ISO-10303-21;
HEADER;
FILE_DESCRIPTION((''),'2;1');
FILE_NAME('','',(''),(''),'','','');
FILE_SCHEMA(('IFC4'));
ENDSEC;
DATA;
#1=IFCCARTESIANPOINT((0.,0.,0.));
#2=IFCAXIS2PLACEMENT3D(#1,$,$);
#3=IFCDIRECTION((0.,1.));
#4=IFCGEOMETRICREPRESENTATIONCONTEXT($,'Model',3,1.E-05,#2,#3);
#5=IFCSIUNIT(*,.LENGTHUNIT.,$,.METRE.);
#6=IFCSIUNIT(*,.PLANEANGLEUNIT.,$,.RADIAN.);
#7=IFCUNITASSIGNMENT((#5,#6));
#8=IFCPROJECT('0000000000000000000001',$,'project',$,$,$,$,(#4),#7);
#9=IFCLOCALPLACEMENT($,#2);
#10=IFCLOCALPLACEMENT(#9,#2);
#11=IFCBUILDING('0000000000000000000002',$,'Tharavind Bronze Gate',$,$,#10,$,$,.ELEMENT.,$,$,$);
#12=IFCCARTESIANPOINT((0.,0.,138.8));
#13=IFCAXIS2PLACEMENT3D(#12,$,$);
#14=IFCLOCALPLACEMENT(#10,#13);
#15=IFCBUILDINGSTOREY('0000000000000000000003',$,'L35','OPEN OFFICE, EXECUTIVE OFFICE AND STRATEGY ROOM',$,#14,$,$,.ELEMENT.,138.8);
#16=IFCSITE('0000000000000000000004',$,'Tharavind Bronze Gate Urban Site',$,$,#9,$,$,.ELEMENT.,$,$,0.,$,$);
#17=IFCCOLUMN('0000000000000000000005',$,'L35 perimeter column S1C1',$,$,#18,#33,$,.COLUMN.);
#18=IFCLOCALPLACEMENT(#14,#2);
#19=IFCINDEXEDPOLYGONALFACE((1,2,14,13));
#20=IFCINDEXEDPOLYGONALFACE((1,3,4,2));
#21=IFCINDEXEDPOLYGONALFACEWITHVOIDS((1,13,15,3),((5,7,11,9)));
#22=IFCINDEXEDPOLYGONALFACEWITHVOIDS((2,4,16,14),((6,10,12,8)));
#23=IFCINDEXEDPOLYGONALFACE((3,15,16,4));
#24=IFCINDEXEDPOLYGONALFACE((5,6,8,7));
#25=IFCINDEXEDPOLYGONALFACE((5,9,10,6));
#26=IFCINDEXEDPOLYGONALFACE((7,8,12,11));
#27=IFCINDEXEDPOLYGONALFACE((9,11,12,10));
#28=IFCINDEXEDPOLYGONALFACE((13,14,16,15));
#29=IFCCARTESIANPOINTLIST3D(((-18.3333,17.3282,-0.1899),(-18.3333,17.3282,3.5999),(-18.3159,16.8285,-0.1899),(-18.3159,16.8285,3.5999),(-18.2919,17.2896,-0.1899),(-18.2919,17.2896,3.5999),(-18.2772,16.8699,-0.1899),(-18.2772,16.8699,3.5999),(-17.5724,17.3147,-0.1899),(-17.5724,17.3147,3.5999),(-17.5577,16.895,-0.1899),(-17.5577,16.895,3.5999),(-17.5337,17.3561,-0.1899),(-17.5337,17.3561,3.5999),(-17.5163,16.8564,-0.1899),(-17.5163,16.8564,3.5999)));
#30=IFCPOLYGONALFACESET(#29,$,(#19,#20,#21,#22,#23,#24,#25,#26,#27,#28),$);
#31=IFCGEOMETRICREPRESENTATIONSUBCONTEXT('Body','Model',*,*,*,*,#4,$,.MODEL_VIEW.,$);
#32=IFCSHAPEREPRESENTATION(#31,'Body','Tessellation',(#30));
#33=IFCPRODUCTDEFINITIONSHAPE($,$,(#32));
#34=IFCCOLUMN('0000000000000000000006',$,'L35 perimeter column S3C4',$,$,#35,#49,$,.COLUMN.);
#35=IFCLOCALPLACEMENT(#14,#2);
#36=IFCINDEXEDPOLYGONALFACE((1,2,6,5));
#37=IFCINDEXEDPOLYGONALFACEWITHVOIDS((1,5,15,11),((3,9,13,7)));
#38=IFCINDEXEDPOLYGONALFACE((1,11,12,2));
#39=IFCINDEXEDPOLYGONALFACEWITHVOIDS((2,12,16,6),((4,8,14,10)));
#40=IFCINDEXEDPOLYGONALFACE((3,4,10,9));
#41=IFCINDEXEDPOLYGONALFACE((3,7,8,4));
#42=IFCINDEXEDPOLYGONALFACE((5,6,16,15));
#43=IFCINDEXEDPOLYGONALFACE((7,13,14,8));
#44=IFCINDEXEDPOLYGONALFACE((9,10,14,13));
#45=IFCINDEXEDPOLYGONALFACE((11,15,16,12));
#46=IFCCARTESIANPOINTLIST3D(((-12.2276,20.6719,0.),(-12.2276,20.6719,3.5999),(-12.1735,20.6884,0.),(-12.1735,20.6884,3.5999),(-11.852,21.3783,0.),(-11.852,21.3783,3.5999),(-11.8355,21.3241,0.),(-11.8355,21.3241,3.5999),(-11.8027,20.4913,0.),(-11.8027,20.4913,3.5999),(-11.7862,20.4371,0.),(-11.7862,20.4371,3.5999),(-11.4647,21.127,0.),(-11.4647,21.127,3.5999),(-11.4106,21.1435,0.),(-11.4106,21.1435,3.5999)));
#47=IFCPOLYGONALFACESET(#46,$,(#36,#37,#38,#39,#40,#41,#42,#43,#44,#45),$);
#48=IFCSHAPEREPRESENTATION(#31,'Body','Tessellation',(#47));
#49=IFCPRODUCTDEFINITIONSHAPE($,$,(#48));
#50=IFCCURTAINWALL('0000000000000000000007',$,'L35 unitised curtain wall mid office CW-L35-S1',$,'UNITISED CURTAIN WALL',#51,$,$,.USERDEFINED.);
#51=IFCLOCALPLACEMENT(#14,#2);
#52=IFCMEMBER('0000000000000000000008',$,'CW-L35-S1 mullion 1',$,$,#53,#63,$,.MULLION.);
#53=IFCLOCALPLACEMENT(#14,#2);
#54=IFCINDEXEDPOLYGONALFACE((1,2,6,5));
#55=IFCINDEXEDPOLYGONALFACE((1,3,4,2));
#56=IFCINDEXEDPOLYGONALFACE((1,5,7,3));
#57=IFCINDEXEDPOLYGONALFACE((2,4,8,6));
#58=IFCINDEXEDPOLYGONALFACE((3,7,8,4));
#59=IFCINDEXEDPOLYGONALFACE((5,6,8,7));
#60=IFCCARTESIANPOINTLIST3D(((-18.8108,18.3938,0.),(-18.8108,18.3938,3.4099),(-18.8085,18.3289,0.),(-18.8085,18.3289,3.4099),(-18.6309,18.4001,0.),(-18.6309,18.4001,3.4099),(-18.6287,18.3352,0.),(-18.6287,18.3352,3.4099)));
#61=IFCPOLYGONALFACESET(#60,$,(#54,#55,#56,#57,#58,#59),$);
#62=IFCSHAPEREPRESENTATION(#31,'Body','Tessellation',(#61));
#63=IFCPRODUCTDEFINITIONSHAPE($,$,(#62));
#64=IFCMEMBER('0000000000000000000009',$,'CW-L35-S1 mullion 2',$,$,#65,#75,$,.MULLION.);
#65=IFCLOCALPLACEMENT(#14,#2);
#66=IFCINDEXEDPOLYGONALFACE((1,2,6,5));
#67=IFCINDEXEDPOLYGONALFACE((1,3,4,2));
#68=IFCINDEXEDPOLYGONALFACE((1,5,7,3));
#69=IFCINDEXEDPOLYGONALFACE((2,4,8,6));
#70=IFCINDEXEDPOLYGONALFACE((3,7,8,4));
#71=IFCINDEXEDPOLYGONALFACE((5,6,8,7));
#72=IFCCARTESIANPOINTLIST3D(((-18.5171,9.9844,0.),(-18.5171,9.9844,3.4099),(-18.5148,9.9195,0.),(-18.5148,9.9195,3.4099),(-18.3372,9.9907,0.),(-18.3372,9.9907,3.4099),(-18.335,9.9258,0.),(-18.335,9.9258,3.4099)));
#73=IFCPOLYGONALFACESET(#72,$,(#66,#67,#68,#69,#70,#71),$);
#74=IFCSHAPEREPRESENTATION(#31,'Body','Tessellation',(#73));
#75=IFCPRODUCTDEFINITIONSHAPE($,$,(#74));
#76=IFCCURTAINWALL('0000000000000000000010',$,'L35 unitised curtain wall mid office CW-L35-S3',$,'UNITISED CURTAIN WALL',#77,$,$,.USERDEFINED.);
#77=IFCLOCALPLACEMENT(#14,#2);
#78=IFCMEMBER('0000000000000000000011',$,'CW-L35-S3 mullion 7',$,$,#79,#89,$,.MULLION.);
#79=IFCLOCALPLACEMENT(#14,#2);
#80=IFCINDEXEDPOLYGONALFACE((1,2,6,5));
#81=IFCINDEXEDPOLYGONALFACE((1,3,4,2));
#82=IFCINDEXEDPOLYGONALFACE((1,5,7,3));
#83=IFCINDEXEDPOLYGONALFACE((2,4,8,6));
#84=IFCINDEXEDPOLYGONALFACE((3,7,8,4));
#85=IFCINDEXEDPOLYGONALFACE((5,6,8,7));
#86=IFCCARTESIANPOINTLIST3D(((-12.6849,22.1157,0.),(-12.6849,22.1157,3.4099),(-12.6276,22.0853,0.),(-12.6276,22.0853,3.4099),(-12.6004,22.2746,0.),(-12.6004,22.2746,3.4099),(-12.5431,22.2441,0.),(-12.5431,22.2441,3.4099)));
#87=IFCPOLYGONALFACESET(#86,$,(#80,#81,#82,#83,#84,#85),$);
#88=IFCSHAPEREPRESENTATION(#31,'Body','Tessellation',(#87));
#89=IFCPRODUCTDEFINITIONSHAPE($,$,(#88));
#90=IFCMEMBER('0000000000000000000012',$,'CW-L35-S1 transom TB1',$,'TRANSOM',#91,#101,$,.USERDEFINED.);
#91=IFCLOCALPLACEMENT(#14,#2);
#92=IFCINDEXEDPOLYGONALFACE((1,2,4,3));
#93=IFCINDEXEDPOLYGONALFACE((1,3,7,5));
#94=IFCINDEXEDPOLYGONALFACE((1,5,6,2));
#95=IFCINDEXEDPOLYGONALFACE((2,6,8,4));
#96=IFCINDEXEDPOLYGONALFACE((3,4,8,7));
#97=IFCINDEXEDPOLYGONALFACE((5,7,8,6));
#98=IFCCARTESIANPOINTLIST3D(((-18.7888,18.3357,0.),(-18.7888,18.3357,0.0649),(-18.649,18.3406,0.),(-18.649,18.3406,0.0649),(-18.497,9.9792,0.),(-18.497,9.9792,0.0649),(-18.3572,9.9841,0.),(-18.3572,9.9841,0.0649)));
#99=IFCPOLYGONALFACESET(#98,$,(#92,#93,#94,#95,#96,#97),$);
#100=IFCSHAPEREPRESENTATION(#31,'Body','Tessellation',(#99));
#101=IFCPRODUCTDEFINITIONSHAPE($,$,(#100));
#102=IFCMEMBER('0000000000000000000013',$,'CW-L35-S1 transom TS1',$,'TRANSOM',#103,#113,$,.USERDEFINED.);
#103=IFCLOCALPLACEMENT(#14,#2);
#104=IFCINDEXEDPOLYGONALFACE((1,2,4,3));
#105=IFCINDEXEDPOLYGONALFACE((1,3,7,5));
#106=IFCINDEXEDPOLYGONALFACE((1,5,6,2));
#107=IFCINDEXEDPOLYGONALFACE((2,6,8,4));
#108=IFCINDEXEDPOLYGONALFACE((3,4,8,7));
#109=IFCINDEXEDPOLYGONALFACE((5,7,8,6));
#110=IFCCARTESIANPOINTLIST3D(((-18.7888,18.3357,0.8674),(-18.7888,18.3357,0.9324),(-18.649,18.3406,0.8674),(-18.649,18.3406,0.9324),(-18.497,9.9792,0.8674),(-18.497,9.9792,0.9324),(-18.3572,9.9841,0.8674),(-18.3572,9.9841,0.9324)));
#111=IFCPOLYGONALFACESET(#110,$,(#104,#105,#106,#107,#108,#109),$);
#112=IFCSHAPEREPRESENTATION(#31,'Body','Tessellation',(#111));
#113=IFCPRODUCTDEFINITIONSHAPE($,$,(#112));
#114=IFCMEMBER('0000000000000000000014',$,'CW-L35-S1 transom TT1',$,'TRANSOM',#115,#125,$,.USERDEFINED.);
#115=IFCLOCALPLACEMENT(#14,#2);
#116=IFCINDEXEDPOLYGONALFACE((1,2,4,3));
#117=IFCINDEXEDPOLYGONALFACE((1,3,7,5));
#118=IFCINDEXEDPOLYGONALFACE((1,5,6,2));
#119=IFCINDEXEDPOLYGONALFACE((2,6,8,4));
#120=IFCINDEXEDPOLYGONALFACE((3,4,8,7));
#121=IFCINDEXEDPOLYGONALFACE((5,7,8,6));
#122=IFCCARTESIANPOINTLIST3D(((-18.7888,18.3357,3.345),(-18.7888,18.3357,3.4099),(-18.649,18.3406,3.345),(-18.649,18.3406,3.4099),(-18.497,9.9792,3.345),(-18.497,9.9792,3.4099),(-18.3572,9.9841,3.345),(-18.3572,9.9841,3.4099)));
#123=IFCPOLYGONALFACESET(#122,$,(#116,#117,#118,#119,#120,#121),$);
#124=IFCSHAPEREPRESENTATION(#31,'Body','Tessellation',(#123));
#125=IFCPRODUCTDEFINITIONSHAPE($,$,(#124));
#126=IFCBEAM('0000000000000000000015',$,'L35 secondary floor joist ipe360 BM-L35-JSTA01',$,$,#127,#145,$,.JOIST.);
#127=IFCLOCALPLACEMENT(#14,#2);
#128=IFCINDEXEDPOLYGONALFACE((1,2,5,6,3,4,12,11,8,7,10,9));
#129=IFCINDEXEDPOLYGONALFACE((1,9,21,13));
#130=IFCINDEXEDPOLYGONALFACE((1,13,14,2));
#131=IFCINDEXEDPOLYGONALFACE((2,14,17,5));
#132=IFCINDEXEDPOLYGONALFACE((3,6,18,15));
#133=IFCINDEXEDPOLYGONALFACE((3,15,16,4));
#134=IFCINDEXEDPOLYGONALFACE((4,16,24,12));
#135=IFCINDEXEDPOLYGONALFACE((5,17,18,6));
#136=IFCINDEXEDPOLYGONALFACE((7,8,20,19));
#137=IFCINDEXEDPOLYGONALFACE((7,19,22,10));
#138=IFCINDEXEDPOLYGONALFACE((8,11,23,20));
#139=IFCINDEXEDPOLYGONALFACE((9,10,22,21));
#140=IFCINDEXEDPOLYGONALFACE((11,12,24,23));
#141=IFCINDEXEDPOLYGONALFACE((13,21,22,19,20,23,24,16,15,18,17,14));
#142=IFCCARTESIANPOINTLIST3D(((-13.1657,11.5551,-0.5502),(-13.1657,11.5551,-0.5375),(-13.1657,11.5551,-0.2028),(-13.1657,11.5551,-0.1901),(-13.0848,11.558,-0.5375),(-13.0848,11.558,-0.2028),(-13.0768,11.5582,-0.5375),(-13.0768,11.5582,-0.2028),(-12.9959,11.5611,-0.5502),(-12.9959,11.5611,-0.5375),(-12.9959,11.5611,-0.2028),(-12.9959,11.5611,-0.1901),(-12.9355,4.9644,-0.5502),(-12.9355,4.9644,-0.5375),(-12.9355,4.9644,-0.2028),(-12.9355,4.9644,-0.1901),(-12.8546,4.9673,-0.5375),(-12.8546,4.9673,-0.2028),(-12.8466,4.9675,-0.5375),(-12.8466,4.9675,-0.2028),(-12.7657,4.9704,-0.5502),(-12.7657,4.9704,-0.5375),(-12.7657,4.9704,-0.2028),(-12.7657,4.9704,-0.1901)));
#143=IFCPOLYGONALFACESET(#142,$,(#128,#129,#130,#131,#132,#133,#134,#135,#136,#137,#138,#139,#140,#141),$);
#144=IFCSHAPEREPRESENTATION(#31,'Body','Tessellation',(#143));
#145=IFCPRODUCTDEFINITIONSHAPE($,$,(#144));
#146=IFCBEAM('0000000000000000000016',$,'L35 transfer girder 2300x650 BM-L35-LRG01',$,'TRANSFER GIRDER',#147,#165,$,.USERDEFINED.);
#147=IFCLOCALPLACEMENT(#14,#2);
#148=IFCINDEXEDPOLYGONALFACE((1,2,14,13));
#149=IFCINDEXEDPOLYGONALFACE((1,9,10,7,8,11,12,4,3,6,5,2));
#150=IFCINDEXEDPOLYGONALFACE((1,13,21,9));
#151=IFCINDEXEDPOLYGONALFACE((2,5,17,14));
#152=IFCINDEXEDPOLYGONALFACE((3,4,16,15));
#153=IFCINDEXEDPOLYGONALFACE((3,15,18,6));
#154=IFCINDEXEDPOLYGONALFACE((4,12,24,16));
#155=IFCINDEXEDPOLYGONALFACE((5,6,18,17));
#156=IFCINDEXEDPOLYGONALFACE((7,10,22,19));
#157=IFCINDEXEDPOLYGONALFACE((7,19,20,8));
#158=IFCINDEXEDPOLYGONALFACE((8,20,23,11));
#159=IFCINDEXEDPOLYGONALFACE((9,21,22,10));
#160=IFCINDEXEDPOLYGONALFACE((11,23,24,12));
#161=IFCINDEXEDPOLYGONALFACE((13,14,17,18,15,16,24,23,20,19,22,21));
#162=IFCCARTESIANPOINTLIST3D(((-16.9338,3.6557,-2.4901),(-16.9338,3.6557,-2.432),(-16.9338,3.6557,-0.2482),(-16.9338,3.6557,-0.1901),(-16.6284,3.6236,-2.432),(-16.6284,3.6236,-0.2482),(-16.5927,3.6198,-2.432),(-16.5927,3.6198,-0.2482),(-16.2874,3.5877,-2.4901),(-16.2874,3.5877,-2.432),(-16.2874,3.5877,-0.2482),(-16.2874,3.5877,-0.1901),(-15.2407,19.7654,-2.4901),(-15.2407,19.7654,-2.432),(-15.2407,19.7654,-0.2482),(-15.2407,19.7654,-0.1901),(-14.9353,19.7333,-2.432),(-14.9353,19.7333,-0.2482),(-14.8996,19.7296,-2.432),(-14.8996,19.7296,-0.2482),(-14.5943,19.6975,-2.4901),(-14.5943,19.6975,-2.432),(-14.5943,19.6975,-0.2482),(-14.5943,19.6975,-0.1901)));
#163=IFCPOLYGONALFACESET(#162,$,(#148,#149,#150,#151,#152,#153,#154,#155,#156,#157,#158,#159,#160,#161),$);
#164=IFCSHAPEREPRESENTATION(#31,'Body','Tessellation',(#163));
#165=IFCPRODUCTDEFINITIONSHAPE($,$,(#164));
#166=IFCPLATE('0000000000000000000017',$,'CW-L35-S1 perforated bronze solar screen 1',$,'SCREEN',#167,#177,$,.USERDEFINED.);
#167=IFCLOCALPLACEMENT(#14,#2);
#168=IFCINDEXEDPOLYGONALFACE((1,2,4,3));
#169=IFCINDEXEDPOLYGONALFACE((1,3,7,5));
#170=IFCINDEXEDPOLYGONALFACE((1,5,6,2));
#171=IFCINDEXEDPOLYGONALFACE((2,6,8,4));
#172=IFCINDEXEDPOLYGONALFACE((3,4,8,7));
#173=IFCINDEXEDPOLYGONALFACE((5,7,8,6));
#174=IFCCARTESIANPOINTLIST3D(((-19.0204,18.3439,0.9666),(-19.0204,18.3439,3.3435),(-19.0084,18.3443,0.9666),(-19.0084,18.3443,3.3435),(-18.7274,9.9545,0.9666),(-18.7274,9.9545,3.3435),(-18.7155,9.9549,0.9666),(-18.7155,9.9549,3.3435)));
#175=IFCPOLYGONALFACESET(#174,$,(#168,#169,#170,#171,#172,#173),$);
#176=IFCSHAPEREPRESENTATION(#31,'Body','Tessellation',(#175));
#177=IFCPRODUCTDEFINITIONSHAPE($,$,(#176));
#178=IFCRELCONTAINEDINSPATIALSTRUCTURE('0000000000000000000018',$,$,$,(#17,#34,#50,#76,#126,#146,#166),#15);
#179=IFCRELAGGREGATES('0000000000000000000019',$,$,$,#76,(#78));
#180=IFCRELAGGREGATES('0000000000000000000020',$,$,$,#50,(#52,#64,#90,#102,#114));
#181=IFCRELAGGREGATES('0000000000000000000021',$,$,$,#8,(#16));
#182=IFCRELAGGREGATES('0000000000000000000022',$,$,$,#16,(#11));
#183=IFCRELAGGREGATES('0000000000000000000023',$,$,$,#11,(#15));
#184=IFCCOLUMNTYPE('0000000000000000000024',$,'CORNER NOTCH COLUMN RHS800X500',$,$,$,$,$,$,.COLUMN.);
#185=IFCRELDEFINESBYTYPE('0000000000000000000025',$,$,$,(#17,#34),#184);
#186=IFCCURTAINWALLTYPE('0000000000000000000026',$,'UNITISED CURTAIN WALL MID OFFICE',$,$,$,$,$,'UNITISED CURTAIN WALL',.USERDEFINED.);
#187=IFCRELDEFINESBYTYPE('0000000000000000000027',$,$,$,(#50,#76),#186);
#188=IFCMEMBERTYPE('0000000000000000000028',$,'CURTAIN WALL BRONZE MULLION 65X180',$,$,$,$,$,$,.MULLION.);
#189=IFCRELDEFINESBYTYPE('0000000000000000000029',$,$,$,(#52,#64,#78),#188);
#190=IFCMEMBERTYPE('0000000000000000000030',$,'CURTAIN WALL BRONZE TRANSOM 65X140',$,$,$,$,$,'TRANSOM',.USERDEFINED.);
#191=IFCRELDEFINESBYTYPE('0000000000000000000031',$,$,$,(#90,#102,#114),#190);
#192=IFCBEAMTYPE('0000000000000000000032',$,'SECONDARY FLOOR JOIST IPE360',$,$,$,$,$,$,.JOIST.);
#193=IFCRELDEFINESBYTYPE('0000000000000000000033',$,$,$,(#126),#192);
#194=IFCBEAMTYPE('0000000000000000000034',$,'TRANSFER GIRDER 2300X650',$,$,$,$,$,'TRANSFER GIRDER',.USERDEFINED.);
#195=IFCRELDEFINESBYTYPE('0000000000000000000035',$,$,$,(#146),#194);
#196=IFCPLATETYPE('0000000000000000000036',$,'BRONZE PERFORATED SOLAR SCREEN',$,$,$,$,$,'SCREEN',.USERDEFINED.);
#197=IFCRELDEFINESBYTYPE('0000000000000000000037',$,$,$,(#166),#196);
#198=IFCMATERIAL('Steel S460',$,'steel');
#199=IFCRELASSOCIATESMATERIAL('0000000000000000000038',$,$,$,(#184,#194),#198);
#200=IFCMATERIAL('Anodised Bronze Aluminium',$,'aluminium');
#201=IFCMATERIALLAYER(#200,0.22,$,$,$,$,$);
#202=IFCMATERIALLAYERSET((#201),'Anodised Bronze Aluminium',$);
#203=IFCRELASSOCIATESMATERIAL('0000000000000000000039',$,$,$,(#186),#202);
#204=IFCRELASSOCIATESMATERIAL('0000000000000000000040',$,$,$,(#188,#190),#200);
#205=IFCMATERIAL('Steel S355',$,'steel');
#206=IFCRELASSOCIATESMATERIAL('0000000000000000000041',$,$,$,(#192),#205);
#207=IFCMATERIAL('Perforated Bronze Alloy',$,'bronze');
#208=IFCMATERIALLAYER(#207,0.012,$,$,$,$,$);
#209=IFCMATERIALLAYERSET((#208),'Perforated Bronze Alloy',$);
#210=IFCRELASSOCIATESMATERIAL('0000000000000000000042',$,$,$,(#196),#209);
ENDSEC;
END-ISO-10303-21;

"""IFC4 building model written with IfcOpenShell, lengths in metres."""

from ifc_helpers import new_model, si_unit, direction, frame, origin, origin_2d, place, context, subcontext, project, spatial, rectangle, hollow_rectangle, i_section, extrude, material, layer, layer_set, material_profile, profile_set, type_object, element, aggregate, save


model = new_model("IFC4")

# Units and contexts
model_context = context("Model", 3, precision=1e-05, world=origin(), true_north=direction((0.0, 1.0)))
body_context = subcontext(model_context, "Body", "Model", "MODEL_VIEW")
ifc_project = project(units=[si_unit("LENGTHUNIT", "METRE"), si_unit("PLANEANGLEUNIT", "RADIAN")], contexts=[model_context])

# Site, building, storey
site_placement = place(None, origin())
site = spatial("IfcSite", under=ifc_project, at=site_placement, Name="Tharavind Bronze Gate Urban Site", CompositionType="ELEMENT", RefElevation=0.0)
building_placement = place(site_placement, origin())
building = spatial("IfcBuilding", under=site, at=building_placement, Name="Tharavind Bronze Gate", CompositionType="ELEMENT")
storey_placement = place(building_placement, frame((0.0, 0.0, 138.8)))
storey = spatial("IfcBuildingStorey", under=building, at=storey_placement, Name="L35", Description="OPEN OFFICE, EXECUTIVE OFFICE AND STRATEGY ROOM", CompositionType="ELEMENT", Elevation=138.8)

# Columns
ifc_material_1 = material(Name="Steel S460", Category="steel")
ifc_material_profile_1 = material_profile(ifc_material_1, hollow_rectangle(XDim=0.5, YDim=0.8, WallThickness=0.04, at=origin_2d()), Name="RHS800X500X40")
ifc_profile_set_1 = profile_set([ifc_material_profile_1], Name="Steel S460")
column_type = type_object("IfcColumnType", Name="CORNER NOTCH COLUMN RHS800X500", PredefinedType="COLUMN", material=ifc_profile_set_1)
column_1_placement = place(storey_placement, frame((-17.9248, 17.0923, -0.1899), z_axis=(0.0, 0.0, 1.0), x_axis=(-0.034899, 0.999391, 0.0)))
element("IfcColumn", 1, at=column_1_placement, inside=storey, type_object=column_type, Name="L35 perimeter column S1C1", PredefinedType="COLUMN", context=body_context, shape_type="SweptSolid", body=[
    extrude(hollow_rectangle(XDim=0.5, YDim=0.8, WallThickness=0.04, at=origin_2d()), origin(), (0.0, 0.0, 1.0), 3.7898),
])
column_2_placement = place(storey_placement, frame((-11.8191, 20.9077, 0.0), z_axis=(0.0, 0.0, 1.0), x_axis=(-0.882948, 0.46947, 0.0)))
element("IfcColumn", 2, at=column_2_placement, inside=storey, type_object=column_type, Name="L35 perimeter column S3C4", PredefinedType="COLUMN", context=body_context, shape_type="SweptSolid", body=[
    extrude(hollow_rectangle(XDim=0.5, YDim=0.8, WallThickness=0.04, at=origin_2d()), origin(), (0.0, 0.0, 1.0), 3.5999),
])

# Curtain wall, members
ifc_material_2 = material(Name="Anodised Bronze Aluminium", Category="aluminium")
ifc_layer_1 = layer(ifc_material_2, 0.22)
ifc_layer_set_1 = layer_set([ifc_layer_1], Name="Anodised Bronze Aluminium")
curtain_wall_type = type_object("IfcCurtainWallType", Name="UNITISED CURTAIN WALL MID OFFICE", ElementType="UNITISED CURTAIN WALL", PredefinedType="USERDEFINED", material=ifc_layer_set_1)
curtain_wall_1_placement = place(storey_placement, origin())
curtain_wall_1 = element("IfcCurtainWall", 3, at=curtain_wall_1_placement, inside=storey, type_object=curtain_wall_type, Name="L35 unitised curtain wall mid office CW-L35-S1", ObjectType="UNITISED CURTAIN WALL", PredefinedType="USERDEFINED")
member_type_1 = type_object("IfcMemberType", Name="CURTAIN WALL BRONZE MULLION 65X180", PredefinedType="MULLION", material=ifc_material_2)
member_1_placement = place(storey_placement, frame((-18.7197, 18.3645, 0.0), z_axis=(0.0, 0.0, 1.0), x_axis=(0.034899, -0.999391, 0.0)))
member_1 = element("IfcMember", 4, at=member_1_placement, type_object=member_type_1, Name="CW-L35-S1 mullion 1", PredefinedType="MULLION", context=body_context, shape_type="SweptSolid", body=[
    extrude(rectangle(XDim=0.0649, YDim=0.1799, at=origin_2d()), origin(), (0.0, 0.0, 1.0), 3.4099),
])
member_2_placement = place(storey_placement, frame((-18.426, 9.9551, 0.0), z_axis=(0.0, 0.0, 1.0), x_axis=(0.034899, -0.999391, 0.0)))
member_2 = element("IfcMember", 5, at=member_2_placement, type_object=member_type_1, Name="CW-L35-S1 mullion 2", PredefinedType="MULLION", context=body_context, shape_type="SweptSolid", body=[
    extrude(rectangle(XDim=0.0649, YDim=0.1799, at=origin_2d()), origin(), (0.0, 0.0, 1.0), 3.4099),
])

# Curtain wall, member
curtain_wall_2_placement = place(storey_placement, origin())
curtain_wall_2 = element("IfcCurtainWall", 6, at=curtain_wall_2_placement, inside=storey, type_object=curtain_wall_type, Name="L35 unitised curtain wall mid office CW-L35-S3", ObjectType="UNITISED CURTAIN WALL", PredefinedType="USERDEFINED")
member_3_placement = place(storey_placement, frame((-12.614, 22.1799, 0.0), z_axis=(0.0, 0.0, 1.0), x_axis=(-0.882948, 0.469472, 0.0)))
member_3 = element("IfcMember", 7, at=member_3_placement, type_object=member_type_1, Name="CW-L35-S3 mullion 7", PredefinedType="MULLION", context=body_context, shape_type="SweptSolid", body=[
    extrude(rectangle(XDim=0.0649, YDim=0.1799, at=origin_2d()), origin(), (0.0, 0.0, 1.0), 3.4099),
])
aggregate(curtain_wall_2, [member_3])

# Members
member_type_2 = type_object("IfcMemberType", Name="CURTAIN WALL BRONZE TRANSOM 65X140", ElementType="TRANSOM", PredefinedType="USERDEFINED", material=ifc_material_2)
member_4_placement = place(storey_placement, frame((-18.573, 14.1599, 0.0), z_axis=(0.0, 0.0, 1.0), x_axis=(0.034899, -0.999391, 0.0)))
member_4 = element("IfcMember", 8, at=member_4_placement, type_object=member_type_2, Name="CW-L35-S1 transom TB1", ObjectType="TRANSOM", PredefinedType="USERDEFINED", context=body_context, shape_type="SweptSolid", body=[
    extrude(rectangle(XDim=8.3616, YDim=0.1399, at=origin_2d()), origin(), (0.0, 0.0, 1.0), 0.0649),
])
member_5_placement = place(storey_placement, frame((-18.573, 14.1599, 0.8674), z_axis=(0.0, 0.0, 1.0), x_axis=(0.034899, -0.999391, 0.0)))
member_5 = element("IfcMember", 9, at=member_5_placement, type_object=member_type_2, Name="CW-L35-S1 transom TS1", ObjectType="TRANSOM", PredefinedType="USERDEFINED", context=body_context, shape_type="SweptSolid", body=[
    extrude(rectangle(XDim=8.3616, YDim=0.1399, at=origin_2d()), origin(), (0.0, 0.0, 1.0), 0.0649),
])
member_6_placement = place(storey_placement, frame((-18.573, 14.1599, 3.345), z_axis=(0.0, 0.0, 1.0), x_axis=(0.034899, -0.999391, 0.0)))
member_6 = element("IfcMember", 10, at=member_6_placement, type_object=member_type_2, Name="CW-L35-S1 transom TT1", ObjectType="TRANSOM", PredefinedType="USERDEFINED", context=body_context, shape_type="SweptSolid", body=[
    extrude(rectangle(XDim=8.3616, YDim=0.1399, at=origin_2d()), origin(), (0.0, 0.0, 1.0), 0.0649),
])

# Beams
ifc_material_3 = material(Name="Steel S355", Category="steel")
ifc_material_profile_2 = material_profile(ifc_material_3, i_section(OverallWidth=0.1699, OverallDepth=0.3601, WebThickness=0.0081, FlangeThickness=0.0127, at=origin_2d()), Name="IPE360")
ifc_profile_set_2 = profile_set([ifc_material_profile_2], Name="Steel S355")
beam_type_1 = type_object("IfcBeamType", Name="SECONDARY FLOOR JOIST IPE360", PredefinedType="JOIST", material=ifc_profile_set_2)
beam_1_placement = place(storey_placement, frame((-13.0808, 11.5581, -0.3701), z_axis=(0.03491, -0.99939, 0.0), x_axis=(0.99939, 0.03491, 0.0)))
element("IfcBeam", 11, at=beam_1_placement, inside=storey, type_object=beam_type_1, Name="L35 secondary floor joist ipe360 BM-L35-JSTA01", PredefinedType="JOIST", context=body_context, shape_type="SweptSolid", body=[
    extrude(i_section(OverallWidth=0.1699, OverallDepth=0.3601, WebThickness=0.0081, FlangeThickness=0.0127, at=origin_2d()), origin(), (0.0, 0.0, 1.0), 6.5947),
])
ifc_material_profile_3 = material_profile(ifc_material_1, i_section(OverallWidth=0.6499, OverallDepth=2.3, WebThickness=0.0359, FlangeThickness=0.0581, at=origin_2d()), Name="PG2300X650")
ifc_profile_set_3 = profile_set([ifc_material_profile_3], Name="Steel S460")
beam_type_2 = type_object("IfcBeamType", Name="TRANSFER GIRDER 2300X650", ElementType="TRANSFER GIRDER", PredefinedType="USERDEFINED", material=ifc_profile_set_3)
beam_2_placement = place(storey_placement, frame((-14.9175, 19.7314, -1.3401), z_axis=(-0.104522, -0.994523, 0.0), x_axis=(0.994523, -0.104522, 0.0)))
element("IfcBeam", 12, at=beam_2_placement, inside=storey, type_object=beam_type_2, Name="L35 transfer girder 2300x650 BM-L35-LRG01", ObjectType="TRANSFER GIRDER", PredefinedType="USERDEFINED", context=body_context, shape_type="SweptSolid", body=[
    extrude(i_section(OverallWidth=0.6499, OverallDepth=2.3, WebThickness=0.0359, FlangeThickness=0.0581, at=origin_2d()), origin(), (0.0, 0.0, 1.0), 16.1985),
])

# Plate
ifc_material_4 = material(Name="Perforated Bronze Alloy", Category="bronze")
ifc_layer_2 = layer(ifc_material_4, 0.012)
ifc_layer_set_2 = layer_set([ifc_layer_2], Name="Perforated Bronze Alloy")
plate_type_1 = type_object("IfcPlateType", Name="BRONZE PERFORATED SOLAR SCREEN", ElementType="SCREEN", PredefinedType="USERDEFINED", material=ifc_layer_set_2)
plate_1_placement = place(storey_placement, frame((-18.8679, 14.1494, 0.9666), z_axis=(0.0, 0.0, 1.0), x_axis=(0.034899, -0.999391, 0.0)))
element("IfcPlate", 13, at=plate_1_placement, inside=storey, type_object=plate_type_1, Name="CW-L35-S1 perforated bronze solar screen 1", ObjectType="SCREEN", PredefinedType="USERDEFINED", context=body_context, shape_type="SweptSolid", body=[
    extrude(rectangle(XDim=8.3945, YDim=0.012, at=origin_2d()), origin(), (0.0, 0.0, 1.0), 2.377),
])
aggregate(curtain_wall_1, [member_1, member_2, member_4, member_5, member_6])

save(model, "model.ifc")
